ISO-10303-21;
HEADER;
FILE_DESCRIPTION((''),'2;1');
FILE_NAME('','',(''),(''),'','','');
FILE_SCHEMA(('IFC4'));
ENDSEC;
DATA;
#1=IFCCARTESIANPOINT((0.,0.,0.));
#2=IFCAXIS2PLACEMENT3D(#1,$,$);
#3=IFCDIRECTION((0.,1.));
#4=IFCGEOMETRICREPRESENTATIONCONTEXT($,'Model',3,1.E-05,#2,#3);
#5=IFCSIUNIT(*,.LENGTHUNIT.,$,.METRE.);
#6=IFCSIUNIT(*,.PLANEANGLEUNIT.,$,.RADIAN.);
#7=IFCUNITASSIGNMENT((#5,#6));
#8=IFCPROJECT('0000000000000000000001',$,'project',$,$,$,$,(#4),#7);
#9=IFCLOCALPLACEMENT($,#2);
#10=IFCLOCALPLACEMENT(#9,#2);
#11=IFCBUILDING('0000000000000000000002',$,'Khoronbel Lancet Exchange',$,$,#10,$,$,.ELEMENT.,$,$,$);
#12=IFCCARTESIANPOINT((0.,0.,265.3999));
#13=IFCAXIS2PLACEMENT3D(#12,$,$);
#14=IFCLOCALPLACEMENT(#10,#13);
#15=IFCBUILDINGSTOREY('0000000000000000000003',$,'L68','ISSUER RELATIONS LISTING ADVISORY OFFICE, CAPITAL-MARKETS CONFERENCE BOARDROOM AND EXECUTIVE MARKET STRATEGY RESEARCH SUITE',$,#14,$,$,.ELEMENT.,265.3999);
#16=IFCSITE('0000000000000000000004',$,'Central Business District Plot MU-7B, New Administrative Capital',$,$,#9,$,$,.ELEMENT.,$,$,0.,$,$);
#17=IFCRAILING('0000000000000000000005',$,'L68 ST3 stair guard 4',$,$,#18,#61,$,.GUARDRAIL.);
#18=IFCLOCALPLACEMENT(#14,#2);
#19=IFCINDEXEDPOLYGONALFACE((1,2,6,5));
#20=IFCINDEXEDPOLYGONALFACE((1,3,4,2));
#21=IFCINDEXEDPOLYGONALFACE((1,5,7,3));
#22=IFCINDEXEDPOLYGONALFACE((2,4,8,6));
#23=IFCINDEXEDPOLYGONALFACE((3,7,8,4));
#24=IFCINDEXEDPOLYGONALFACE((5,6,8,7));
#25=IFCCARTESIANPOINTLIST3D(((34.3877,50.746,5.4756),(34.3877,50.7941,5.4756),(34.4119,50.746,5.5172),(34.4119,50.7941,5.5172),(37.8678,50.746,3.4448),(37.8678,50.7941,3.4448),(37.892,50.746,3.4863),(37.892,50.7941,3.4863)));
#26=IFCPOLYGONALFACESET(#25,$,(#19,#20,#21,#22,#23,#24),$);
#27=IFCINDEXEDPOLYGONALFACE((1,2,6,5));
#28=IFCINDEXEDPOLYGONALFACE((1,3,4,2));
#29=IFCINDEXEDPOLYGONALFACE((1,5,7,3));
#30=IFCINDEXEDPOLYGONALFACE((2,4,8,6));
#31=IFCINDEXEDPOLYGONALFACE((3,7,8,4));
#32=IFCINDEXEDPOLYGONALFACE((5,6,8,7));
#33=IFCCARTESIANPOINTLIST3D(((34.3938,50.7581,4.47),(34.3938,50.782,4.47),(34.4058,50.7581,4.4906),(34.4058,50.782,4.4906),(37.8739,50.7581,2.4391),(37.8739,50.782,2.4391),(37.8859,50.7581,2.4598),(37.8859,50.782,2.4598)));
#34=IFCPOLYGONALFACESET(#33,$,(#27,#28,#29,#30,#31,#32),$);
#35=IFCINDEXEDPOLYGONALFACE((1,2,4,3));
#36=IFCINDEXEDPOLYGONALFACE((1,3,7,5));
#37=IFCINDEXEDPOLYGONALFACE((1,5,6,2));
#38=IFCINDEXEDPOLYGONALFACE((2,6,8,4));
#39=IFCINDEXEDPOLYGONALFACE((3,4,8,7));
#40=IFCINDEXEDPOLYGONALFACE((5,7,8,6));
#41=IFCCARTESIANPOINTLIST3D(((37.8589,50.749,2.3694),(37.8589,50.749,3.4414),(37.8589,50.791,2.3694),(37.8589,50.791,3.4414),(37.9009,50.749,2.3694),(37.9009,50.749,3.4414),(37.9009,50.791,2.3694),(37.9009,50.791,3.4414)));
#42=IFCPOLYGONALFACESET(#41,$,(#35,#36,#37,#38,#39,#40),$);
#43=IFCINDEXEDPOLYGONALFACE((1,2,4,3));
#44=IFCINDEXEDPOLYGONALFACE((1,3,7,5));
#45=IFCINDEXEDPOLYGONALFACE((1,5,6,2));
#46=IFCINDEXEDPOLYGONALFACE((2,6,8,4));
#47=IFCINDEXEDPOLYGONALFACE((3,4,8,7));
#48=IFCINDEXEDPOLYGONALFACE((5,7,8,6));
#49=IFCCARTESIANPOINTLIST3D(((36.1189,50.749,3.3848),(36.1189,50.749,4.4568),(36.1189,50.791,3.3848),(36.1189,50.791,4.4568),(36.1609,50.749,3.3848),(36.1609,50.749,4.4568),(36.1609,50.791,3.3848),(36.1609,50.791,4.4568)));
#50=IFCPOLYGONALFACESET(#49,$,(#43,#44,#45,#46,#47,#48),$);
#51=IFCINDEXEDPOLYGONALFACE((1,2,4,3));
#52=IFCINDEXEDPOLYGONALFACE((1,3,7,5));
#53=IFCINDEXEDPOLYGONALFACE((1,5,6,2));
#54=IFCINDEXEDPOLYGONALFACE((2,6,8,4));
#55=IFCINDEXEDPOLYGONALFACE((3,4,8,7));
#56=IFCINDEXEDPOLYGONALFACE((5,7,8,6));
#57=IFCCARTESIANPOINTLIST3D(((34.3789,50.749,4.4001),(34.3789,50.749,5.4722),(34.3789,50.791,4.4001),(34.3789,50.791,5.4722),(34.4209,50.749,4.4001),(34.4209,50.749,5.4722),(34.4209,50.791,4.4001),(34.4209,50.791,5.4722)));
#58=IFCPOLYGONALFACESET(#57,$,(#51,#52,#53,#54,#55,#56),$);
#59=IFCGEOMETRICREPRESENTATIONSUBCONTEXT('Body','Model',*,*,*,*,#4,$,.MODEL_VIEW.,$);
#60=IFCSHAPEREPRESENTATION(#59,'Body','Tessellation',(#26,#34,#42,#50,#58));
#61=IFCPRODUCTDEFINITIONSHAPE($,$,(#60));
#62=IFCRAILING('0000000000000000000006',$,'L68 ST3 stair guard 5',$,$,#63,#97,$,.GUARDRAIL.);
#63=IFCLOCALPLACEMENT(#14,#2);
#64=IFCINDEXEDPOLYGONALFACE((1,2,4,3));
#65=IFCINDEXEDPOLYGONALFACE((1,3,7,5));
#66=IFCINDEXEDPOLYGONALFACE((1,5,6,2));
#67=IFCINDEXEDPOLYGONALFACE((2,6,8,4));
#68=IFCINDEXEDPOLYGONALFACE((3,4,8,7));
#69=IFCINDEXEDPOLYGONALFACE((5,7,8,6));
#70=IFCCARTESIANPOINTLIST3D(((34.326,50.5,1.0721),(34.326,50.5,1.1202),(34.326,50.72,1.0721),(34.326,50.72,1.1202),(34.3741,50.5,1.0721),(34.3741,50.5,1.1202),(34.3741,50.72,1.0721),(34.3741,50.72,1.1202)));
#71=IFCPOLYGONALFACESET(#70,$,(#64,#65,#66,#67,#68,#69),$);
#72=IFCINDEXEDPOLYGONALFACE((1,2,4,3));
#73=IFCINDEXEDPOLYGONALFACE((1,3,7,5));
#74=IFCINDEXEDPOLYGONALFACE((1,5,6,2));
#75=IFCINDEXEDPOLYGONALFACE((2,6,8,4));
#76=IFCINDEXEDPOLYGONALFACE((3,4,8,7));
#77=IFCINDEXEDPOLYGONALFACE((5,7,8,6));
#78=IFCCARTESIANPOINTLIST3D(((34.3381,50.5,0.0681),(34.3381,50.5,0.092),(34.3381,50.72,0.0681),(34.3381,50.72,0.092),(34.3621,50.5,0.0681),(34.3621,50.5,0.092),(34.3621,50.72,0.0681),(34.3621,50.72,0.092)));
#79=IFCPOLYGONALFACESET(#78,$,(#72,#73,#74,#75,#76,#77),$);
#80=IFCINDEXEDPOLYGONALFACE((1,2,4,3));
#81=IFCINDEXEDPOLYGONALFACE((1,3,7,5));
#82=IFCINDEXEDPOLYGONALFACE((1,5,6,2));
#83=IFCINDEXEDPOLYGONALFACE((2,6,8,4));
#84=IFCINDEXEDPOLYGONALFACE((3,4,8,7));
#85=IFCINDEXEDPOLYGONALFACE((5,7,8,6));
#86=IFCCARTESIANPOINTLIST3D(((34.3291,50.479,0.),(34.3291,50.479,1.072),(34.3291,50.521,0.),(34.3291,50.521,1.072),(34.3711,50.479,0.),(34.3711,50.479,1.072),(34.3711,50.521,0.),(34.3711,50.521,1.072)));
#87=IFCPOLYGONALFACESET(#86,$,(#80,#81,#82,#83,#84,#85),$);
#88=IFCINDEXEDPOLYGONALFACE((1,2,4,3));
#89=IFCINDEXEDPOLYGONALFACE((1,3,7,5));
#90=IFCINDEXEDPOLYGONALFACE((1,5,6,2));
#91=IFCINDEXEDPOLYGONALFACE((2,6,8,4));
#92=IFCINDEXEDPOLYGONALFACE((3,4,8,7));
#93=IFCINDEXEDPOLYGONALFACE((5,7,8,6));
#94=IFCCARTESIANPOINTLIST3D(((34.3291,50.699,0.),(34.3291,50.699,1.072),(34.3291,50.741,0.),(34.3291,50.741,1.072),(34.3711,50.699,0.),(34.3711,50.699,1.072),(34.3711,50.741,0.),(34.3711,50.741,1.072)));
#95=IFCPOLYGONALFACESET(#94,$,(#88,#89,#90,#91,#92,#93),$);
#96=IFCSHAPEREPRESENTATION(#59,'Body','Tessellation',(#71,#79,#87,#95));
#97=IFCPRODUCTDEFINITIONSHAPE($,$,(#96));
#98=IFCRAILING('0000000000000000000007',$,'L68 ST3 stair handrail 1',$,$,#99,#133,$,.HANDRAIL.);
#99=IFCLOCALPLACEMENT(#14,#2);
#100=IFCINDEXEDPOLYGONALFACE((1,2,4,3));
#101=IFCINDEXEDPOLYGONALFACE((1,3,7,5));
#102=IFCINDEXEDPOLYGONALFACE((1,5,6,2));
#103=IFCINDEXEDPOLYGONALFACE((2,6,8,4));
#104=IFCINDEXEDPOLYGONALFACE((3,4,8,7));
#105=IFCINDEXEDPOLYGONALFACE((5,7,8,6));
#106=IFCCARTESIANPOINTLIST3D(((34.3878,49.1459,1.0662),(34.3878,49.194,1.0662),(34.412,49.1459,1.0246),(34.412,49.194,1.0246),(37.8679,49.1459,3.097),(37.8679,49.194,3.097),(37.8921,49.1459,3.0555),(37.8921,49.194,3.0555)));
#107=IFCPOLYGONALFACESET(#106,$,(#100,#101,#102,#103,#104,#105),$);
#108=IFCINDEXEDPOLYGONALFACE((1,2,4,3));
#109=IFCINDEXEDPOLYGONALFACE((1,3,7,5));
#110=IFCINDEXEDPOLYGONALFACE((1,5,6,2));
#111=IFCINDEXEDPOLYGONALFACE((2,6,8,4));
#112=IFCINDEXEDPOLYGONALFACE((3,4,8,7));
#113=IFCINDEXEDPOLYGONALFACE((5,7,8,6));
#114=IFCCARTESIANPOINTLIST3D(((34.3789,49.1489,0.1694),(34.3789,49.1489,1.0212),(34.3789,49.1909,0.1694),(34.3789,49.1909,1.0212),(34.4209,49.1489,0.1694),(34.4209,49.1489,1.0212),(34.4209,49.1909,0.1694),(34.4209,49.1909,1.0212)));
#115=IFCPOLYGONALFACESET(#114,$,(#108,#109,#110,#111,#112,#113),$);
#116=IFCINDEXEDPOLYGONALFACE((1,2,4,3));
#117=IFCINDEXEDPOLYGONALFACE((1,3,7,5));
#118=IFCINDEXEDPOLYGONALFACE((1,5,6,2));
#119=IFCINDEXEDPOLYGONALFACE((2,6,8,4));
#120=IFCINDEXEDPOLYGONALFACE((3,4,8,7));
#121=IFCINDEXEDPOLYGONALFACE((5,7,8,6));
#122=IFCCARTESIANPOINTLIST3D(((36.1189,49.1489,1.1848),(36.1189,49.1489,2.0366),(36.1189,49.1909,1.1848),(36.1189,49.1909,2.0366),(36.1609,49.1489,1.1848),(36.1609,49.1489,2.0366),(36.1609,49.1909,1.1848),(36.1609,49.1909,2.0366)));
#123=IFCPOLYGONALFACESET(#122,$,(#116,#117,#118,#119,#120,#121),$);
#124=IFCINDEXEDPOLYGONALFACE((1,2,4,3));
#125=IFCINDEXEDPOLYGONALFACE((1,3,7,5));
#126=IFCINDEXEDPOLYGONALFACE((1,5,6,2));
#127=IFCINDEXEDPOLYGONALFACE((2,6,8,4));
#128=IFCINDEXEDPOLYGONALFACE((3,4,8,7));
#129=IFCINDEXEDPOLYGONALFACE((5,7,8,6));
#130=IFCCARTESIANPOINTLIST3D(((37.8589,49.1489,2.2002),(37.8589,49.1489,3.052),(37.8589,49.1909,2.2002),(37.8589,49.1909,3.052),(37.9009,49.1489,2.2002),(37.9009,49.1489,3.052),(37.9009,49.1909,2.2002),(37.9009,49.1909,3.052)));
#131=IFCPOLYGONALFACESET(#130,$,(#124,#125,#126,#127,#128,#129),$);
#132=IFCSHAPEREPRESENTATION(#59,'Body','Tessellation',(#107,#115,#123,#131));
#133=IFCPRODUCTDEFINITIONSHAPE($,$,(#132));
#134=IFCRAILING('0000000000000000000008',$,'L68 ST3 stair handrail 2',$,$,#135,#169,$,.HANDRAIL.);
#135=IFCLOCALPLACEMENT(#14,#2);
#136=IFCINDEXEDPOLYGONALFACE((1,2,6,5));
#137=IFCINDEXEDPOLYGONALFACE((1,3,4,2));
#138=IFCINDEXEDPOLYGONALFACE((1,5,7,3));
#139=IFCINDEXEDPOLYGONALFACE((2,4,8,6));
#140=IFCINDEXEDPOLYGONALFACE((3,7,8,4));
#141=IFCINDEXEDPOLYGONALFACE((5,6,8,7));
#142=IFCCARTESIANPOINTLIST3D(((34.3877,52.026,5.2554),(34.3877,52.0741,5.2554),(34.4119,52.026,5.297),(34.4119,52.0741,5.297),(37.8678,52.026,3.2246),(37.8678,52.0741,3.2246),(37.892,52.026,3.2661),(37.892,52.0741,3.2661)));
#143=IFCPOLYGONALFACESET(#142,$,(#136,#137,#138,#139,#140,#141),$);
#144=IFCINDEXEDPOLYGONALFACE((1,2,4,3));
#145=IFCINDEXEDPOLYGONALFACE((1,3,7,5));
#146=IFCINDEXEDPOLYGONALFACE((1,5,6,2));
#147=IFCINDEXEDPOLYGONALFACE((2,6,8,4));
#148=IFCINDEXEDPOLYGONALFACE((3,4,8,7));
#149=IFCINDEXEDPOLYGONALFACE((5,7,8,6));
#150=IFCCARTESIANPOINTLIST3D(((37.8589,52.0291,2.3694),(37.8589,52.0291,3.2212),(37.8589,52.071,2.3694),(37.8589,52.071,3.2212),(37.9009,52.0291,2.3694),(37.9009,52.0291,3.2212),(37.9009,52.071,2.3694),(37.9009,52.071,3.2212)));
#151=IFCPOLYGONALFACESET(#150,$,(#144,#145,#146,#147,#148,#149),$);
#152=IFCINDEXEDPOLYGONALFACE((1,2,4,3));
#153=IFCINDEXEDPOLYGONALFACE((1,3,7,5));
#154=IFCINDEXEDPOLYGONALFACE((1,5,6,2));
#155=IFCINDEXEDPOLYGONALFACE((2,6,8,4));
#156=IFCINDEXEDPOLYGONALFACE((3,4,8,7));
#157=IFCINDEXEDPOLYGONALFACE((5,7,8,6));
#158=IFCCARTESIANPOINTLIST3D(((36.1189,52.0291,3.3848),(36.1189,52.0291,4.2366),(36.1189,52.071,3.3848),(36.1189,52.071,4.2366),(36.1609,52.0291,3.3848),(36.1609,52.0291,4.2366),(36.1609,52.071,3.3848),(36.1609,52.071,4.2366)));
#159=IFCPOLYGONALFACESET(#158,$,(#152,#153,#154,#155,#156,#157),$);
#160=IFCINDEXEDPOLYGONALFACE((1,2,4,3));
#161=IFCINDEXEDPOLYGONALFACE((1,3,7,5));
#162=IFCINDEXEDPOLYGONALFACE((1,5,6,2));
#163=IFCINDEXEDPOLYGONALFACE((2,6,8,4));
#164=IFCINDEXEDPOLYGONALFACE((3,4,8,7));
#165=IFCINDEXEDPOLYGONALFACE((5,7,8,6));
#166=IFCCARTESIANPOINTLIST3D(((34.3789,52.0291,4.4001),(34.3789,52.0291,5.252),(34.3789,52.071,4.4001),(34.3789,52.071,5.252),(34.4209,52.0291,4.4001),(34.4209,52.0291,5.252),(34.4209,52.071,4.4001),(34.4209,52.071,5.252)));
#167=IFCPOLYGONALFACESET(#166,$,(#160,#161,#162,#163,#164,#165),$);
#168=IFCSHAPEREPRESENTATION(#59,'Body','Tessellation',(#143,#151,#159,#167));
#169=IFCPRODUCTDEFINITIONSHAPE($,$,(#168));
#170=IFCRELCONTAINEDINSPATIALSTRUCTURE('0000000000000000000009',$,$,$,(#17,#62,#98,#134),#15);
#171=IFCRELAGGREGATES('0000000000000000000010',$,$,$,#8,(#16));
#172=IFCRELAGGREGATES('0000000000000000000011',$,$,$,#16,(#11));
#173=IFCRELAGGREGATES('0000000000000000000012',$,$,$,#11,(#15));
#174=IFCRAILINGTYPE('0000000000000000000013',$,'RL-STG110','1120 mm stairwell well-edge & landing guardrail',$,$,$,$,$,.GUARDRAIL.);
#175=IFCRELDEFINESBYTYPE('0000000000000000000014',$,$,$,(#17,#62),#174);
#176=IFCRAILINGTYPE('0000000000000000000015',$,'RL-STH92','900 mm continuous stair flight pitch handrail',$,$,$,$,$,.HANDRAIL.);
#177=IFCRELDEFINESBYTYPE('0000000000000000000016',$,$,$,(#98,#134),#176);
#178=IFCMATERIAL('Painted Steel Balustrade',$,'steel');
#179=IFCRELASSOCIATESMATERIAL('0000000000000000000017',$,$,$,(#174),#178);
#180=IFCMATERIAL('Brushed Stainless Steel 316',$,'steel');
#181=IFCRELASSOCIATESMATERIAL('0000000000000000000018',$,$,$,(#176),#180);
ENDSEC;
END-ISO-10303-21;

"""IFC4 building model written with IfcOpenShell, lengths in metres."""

from ifc_helpers import new_model, si_unit, direction, frame, origin, origin_2d, place, context, subcontext, project, spatial, rectangle, extrude, material, type_object, element, save


model = new_model("IFC4")

# Units and contexts
model_context = context("Model", 3, precision=1e-05, world=origin(), true_north=direction((0.0, 1.0)))
body_context = subcontext(model_context, "Body", "Model", "MODEL_VIEW")
ifc_project = project(units=[si_unit("LENGTHUNIT", "METRE"), si_unit("PLANEANGLEUNIT", "RADIAN")], contexts=[model_context])

# Site, building, storey
site_placement = place(None, origin())
site = spatial("IfcSite", under=ifc_project, at=site_placement, Name="Central Business District Plot MU-7B, New Administrative Capital", CompositionType="ELEMENT", RefElevation=0.0)
building_placement = place(site_placement, origin())
building = spatial("IfcBuilding", under=site, at=building_placement, Name="Khoronbel Lancet Exchange", CompositionType="ELEMENT")
storey_placement = place(building_placement, frame((0.0, 0.0, 265.3999)))
storey = spatial("IfcBuildingStorey", under=building, at=storey_placement, Name="L68", Description="ISSUER RELATIONS LISTING ADVISORY OFFICE, CAPITAL-MARKETS CONFERENCE BOARDROOM AND EXECUTIVE MARKET STRATEGY RESEARCH SUITE", CompositionType="ELEMENT", Elevation=265.3999)

# Railings
ifc_material_1 = material(Name="Painted Steel Balustrade", Category="steel")
railing_type_1 = type_object("IfcRailingType", Name="RL-STG110", Description="1120 mm stairwell well-edge & landing guardrail", PredefinedType="GUARDRAIL", material=ifc_material_1)
railing_1_placement = place(storey_placement, frame((37.8799, 50.77, 2.3694)))
element("IfcRailing", 1, at=railing_1_placement, inside=storey, type_object=railing_type_1, Name="L68 ST3 stair guard 4", PredefinedType="GUARDRAIL", context=body_context, shape_type="SweptSolid", body=[
    extrude(rectangle(XDim=0.0481, YDim=0.0481, at=origin_2d()), frame((0.0, 0.0, 1.0962), z_axis=(-0.863695, 0.0, 0.504014), x_axis=(0.0, -1.0, 0.0)), (0.0, 0.0, 1.0), 4.0293),
    extrude(rectangle(XDim=0.0239, YDim=0.0239, at=origin_2d()), frame((0.0, 0.0, 0.0801), z_axis=(-0.863695, 0.0, 0.504014), x_axis=(0.0, -1.0, 0.0)), (0.0, 0.0, 1.0), 4.0293),
    extrude(rectangle(XDim=0.042, YDim=0.042, at=origin_2d()), origin(), (0.0, 0.0, 1.0), 1.072),
    extrude(rectangle(XDim=0.042, YDim=0.042, at=origin_2d()), frame((-1.74, 0.0, 1.0154)), (0.0, 0.0, 1.0), 1.072),
    extrude(rectangle(XDim=0.042, YDim=0.042, at=origin_2d()), frame((-3.48, 0.0, 2.0308)), (0.0, 0.0, 1.0), 1.072),
])
railing_2_placement = place(storey_placement, frame((34.3501, 50.5, 0.0)))
element("IfcRailing", 2, at=railing_2_placement, inside=storey, type_object=railing_type_1, Name="L68 ST3 stair guard 5", PredefinedType="GUARDRAIL", context=body_context, shape_type="SweptSolid", body=[
    extrude(rectangle(XDim=0.0481, YDim=0.0481, at=origin_2d()), frame((0.0, 0.0, 1.0962), z_axis=(0.0, 1.0, 0.0), x_axis=(-1.0, 0.0, 0.0)), (0.0, 0.0, 1.0), 0.22),
    extrude(rectangle(XDim=0.0239, YDim=0.0239, at=origin_2d()), frame((0.0, 0.0, 0.0801), z_axis=(0.0, 1.0, 0.0), x_axis=(-1.0, 0.0, 0.0)), (0.0, 0.0, 1.0), 0.22),
    extrude(rectangle(XDim=0.042, YDim=0.042, at=origin_2d()), origin(), (0.0, 0.0, 1.0), 1.072),
    extrude(rectangle(XDim=0.042, YDim=0.042, at=origin_2d()), frame((0.0, 0.22, 0.0)), (0.0, 0.0, 1.0), 1.072),
])
ifc_material_2 = material(Name="Brushed Stainless Steel 316", Category="steel")
railing_type_2 = type_object("IfcRailingType", Name="RL-STH92", Description="900 mm continuous stair flight pitch handrail", PredefinedType="HANDRAIL", material=ifc_material_2)
railing_3_placement = place(storey_placement, frame((34.3999, 49.1699, 0.1694)))
element("IfcRailing", 3, at=railing_3_placement, inside=storey, type_object=railing_type_2, Name="L68 ST3 stair handrail 1", PredefinedType="HANDRAIL", context=body_context, shape_type="SweptSolid", body=[
    extrude(rectangle(XDim=0.0481, YDim=0.0481, at=origin_2d()), frame((0.0, 0.0, 0.876), z_axis=(0.863695, 0.0, 0.504014), x_axis=(0.0, 1.0, 0.0)), (0.0, 0.0, 1.0), 4.0293),
    extrude(rectangle(XDim=0.042, YDim=0.042, at=origin_2d()), origin(), (0.0, 0.0, 1.0), 0.8518),
    extrude(rectangle(XDim=0.042, YDim=0.042, at=origin_2d()), frame((1.74, 0.0, 1.0154)), (0.0, 0.0, 1.0), 0.8518),
    extrude(rectangle(XDim=0.042, YDim=0.042, at=origin_2d()), frame((3.48, 0.0, 2.0308)), (0.0, 0.0, 1.0), 0.8518),
])
railing_4_placement = place(storey_placement, frame((37.8799, 52.05, 2.3694)))
element("IfcRailing", 4, at=railing_4_placement, inside=storey, type_object=railing_type_2, Name="L68 ST3 stair handrail 2", PredefinedType="HANDRAIL", context=body_context, shape_type="SweptSolid", body=[
    extrude(rectangle(XDim=0.0481, YDim=0.0481, at=origin_2d()), frame((0.0, 0.0, 0.876), z_axis=(-0.863695, 0.0, 0.504014), x_axis=(0.0, -1.0, 0.0)), (0.0, 0.0, 1.0), 4.0293),
    extrude(rectangle(XDim=0.042, YDim=0.042, at=origin_2d()), origin(), (0.0, 0.0, 1.0), 0.8518),
    extrude(rectangle(XDim=0.042, YDim=0.042, at=origin_2d()), frame((-1.74, 0.0, 1.0154)), (0.0, 0.0, 1.0), 0.8518),
    extrude(rectangle(XDim=0.042, YDim=0.042, at=origin_2d()), frame((-3.48, 0.0, 2.0308)), (0.0, 0.0, 1.0), 0.8518),
])

save(model, "model.ifc")
